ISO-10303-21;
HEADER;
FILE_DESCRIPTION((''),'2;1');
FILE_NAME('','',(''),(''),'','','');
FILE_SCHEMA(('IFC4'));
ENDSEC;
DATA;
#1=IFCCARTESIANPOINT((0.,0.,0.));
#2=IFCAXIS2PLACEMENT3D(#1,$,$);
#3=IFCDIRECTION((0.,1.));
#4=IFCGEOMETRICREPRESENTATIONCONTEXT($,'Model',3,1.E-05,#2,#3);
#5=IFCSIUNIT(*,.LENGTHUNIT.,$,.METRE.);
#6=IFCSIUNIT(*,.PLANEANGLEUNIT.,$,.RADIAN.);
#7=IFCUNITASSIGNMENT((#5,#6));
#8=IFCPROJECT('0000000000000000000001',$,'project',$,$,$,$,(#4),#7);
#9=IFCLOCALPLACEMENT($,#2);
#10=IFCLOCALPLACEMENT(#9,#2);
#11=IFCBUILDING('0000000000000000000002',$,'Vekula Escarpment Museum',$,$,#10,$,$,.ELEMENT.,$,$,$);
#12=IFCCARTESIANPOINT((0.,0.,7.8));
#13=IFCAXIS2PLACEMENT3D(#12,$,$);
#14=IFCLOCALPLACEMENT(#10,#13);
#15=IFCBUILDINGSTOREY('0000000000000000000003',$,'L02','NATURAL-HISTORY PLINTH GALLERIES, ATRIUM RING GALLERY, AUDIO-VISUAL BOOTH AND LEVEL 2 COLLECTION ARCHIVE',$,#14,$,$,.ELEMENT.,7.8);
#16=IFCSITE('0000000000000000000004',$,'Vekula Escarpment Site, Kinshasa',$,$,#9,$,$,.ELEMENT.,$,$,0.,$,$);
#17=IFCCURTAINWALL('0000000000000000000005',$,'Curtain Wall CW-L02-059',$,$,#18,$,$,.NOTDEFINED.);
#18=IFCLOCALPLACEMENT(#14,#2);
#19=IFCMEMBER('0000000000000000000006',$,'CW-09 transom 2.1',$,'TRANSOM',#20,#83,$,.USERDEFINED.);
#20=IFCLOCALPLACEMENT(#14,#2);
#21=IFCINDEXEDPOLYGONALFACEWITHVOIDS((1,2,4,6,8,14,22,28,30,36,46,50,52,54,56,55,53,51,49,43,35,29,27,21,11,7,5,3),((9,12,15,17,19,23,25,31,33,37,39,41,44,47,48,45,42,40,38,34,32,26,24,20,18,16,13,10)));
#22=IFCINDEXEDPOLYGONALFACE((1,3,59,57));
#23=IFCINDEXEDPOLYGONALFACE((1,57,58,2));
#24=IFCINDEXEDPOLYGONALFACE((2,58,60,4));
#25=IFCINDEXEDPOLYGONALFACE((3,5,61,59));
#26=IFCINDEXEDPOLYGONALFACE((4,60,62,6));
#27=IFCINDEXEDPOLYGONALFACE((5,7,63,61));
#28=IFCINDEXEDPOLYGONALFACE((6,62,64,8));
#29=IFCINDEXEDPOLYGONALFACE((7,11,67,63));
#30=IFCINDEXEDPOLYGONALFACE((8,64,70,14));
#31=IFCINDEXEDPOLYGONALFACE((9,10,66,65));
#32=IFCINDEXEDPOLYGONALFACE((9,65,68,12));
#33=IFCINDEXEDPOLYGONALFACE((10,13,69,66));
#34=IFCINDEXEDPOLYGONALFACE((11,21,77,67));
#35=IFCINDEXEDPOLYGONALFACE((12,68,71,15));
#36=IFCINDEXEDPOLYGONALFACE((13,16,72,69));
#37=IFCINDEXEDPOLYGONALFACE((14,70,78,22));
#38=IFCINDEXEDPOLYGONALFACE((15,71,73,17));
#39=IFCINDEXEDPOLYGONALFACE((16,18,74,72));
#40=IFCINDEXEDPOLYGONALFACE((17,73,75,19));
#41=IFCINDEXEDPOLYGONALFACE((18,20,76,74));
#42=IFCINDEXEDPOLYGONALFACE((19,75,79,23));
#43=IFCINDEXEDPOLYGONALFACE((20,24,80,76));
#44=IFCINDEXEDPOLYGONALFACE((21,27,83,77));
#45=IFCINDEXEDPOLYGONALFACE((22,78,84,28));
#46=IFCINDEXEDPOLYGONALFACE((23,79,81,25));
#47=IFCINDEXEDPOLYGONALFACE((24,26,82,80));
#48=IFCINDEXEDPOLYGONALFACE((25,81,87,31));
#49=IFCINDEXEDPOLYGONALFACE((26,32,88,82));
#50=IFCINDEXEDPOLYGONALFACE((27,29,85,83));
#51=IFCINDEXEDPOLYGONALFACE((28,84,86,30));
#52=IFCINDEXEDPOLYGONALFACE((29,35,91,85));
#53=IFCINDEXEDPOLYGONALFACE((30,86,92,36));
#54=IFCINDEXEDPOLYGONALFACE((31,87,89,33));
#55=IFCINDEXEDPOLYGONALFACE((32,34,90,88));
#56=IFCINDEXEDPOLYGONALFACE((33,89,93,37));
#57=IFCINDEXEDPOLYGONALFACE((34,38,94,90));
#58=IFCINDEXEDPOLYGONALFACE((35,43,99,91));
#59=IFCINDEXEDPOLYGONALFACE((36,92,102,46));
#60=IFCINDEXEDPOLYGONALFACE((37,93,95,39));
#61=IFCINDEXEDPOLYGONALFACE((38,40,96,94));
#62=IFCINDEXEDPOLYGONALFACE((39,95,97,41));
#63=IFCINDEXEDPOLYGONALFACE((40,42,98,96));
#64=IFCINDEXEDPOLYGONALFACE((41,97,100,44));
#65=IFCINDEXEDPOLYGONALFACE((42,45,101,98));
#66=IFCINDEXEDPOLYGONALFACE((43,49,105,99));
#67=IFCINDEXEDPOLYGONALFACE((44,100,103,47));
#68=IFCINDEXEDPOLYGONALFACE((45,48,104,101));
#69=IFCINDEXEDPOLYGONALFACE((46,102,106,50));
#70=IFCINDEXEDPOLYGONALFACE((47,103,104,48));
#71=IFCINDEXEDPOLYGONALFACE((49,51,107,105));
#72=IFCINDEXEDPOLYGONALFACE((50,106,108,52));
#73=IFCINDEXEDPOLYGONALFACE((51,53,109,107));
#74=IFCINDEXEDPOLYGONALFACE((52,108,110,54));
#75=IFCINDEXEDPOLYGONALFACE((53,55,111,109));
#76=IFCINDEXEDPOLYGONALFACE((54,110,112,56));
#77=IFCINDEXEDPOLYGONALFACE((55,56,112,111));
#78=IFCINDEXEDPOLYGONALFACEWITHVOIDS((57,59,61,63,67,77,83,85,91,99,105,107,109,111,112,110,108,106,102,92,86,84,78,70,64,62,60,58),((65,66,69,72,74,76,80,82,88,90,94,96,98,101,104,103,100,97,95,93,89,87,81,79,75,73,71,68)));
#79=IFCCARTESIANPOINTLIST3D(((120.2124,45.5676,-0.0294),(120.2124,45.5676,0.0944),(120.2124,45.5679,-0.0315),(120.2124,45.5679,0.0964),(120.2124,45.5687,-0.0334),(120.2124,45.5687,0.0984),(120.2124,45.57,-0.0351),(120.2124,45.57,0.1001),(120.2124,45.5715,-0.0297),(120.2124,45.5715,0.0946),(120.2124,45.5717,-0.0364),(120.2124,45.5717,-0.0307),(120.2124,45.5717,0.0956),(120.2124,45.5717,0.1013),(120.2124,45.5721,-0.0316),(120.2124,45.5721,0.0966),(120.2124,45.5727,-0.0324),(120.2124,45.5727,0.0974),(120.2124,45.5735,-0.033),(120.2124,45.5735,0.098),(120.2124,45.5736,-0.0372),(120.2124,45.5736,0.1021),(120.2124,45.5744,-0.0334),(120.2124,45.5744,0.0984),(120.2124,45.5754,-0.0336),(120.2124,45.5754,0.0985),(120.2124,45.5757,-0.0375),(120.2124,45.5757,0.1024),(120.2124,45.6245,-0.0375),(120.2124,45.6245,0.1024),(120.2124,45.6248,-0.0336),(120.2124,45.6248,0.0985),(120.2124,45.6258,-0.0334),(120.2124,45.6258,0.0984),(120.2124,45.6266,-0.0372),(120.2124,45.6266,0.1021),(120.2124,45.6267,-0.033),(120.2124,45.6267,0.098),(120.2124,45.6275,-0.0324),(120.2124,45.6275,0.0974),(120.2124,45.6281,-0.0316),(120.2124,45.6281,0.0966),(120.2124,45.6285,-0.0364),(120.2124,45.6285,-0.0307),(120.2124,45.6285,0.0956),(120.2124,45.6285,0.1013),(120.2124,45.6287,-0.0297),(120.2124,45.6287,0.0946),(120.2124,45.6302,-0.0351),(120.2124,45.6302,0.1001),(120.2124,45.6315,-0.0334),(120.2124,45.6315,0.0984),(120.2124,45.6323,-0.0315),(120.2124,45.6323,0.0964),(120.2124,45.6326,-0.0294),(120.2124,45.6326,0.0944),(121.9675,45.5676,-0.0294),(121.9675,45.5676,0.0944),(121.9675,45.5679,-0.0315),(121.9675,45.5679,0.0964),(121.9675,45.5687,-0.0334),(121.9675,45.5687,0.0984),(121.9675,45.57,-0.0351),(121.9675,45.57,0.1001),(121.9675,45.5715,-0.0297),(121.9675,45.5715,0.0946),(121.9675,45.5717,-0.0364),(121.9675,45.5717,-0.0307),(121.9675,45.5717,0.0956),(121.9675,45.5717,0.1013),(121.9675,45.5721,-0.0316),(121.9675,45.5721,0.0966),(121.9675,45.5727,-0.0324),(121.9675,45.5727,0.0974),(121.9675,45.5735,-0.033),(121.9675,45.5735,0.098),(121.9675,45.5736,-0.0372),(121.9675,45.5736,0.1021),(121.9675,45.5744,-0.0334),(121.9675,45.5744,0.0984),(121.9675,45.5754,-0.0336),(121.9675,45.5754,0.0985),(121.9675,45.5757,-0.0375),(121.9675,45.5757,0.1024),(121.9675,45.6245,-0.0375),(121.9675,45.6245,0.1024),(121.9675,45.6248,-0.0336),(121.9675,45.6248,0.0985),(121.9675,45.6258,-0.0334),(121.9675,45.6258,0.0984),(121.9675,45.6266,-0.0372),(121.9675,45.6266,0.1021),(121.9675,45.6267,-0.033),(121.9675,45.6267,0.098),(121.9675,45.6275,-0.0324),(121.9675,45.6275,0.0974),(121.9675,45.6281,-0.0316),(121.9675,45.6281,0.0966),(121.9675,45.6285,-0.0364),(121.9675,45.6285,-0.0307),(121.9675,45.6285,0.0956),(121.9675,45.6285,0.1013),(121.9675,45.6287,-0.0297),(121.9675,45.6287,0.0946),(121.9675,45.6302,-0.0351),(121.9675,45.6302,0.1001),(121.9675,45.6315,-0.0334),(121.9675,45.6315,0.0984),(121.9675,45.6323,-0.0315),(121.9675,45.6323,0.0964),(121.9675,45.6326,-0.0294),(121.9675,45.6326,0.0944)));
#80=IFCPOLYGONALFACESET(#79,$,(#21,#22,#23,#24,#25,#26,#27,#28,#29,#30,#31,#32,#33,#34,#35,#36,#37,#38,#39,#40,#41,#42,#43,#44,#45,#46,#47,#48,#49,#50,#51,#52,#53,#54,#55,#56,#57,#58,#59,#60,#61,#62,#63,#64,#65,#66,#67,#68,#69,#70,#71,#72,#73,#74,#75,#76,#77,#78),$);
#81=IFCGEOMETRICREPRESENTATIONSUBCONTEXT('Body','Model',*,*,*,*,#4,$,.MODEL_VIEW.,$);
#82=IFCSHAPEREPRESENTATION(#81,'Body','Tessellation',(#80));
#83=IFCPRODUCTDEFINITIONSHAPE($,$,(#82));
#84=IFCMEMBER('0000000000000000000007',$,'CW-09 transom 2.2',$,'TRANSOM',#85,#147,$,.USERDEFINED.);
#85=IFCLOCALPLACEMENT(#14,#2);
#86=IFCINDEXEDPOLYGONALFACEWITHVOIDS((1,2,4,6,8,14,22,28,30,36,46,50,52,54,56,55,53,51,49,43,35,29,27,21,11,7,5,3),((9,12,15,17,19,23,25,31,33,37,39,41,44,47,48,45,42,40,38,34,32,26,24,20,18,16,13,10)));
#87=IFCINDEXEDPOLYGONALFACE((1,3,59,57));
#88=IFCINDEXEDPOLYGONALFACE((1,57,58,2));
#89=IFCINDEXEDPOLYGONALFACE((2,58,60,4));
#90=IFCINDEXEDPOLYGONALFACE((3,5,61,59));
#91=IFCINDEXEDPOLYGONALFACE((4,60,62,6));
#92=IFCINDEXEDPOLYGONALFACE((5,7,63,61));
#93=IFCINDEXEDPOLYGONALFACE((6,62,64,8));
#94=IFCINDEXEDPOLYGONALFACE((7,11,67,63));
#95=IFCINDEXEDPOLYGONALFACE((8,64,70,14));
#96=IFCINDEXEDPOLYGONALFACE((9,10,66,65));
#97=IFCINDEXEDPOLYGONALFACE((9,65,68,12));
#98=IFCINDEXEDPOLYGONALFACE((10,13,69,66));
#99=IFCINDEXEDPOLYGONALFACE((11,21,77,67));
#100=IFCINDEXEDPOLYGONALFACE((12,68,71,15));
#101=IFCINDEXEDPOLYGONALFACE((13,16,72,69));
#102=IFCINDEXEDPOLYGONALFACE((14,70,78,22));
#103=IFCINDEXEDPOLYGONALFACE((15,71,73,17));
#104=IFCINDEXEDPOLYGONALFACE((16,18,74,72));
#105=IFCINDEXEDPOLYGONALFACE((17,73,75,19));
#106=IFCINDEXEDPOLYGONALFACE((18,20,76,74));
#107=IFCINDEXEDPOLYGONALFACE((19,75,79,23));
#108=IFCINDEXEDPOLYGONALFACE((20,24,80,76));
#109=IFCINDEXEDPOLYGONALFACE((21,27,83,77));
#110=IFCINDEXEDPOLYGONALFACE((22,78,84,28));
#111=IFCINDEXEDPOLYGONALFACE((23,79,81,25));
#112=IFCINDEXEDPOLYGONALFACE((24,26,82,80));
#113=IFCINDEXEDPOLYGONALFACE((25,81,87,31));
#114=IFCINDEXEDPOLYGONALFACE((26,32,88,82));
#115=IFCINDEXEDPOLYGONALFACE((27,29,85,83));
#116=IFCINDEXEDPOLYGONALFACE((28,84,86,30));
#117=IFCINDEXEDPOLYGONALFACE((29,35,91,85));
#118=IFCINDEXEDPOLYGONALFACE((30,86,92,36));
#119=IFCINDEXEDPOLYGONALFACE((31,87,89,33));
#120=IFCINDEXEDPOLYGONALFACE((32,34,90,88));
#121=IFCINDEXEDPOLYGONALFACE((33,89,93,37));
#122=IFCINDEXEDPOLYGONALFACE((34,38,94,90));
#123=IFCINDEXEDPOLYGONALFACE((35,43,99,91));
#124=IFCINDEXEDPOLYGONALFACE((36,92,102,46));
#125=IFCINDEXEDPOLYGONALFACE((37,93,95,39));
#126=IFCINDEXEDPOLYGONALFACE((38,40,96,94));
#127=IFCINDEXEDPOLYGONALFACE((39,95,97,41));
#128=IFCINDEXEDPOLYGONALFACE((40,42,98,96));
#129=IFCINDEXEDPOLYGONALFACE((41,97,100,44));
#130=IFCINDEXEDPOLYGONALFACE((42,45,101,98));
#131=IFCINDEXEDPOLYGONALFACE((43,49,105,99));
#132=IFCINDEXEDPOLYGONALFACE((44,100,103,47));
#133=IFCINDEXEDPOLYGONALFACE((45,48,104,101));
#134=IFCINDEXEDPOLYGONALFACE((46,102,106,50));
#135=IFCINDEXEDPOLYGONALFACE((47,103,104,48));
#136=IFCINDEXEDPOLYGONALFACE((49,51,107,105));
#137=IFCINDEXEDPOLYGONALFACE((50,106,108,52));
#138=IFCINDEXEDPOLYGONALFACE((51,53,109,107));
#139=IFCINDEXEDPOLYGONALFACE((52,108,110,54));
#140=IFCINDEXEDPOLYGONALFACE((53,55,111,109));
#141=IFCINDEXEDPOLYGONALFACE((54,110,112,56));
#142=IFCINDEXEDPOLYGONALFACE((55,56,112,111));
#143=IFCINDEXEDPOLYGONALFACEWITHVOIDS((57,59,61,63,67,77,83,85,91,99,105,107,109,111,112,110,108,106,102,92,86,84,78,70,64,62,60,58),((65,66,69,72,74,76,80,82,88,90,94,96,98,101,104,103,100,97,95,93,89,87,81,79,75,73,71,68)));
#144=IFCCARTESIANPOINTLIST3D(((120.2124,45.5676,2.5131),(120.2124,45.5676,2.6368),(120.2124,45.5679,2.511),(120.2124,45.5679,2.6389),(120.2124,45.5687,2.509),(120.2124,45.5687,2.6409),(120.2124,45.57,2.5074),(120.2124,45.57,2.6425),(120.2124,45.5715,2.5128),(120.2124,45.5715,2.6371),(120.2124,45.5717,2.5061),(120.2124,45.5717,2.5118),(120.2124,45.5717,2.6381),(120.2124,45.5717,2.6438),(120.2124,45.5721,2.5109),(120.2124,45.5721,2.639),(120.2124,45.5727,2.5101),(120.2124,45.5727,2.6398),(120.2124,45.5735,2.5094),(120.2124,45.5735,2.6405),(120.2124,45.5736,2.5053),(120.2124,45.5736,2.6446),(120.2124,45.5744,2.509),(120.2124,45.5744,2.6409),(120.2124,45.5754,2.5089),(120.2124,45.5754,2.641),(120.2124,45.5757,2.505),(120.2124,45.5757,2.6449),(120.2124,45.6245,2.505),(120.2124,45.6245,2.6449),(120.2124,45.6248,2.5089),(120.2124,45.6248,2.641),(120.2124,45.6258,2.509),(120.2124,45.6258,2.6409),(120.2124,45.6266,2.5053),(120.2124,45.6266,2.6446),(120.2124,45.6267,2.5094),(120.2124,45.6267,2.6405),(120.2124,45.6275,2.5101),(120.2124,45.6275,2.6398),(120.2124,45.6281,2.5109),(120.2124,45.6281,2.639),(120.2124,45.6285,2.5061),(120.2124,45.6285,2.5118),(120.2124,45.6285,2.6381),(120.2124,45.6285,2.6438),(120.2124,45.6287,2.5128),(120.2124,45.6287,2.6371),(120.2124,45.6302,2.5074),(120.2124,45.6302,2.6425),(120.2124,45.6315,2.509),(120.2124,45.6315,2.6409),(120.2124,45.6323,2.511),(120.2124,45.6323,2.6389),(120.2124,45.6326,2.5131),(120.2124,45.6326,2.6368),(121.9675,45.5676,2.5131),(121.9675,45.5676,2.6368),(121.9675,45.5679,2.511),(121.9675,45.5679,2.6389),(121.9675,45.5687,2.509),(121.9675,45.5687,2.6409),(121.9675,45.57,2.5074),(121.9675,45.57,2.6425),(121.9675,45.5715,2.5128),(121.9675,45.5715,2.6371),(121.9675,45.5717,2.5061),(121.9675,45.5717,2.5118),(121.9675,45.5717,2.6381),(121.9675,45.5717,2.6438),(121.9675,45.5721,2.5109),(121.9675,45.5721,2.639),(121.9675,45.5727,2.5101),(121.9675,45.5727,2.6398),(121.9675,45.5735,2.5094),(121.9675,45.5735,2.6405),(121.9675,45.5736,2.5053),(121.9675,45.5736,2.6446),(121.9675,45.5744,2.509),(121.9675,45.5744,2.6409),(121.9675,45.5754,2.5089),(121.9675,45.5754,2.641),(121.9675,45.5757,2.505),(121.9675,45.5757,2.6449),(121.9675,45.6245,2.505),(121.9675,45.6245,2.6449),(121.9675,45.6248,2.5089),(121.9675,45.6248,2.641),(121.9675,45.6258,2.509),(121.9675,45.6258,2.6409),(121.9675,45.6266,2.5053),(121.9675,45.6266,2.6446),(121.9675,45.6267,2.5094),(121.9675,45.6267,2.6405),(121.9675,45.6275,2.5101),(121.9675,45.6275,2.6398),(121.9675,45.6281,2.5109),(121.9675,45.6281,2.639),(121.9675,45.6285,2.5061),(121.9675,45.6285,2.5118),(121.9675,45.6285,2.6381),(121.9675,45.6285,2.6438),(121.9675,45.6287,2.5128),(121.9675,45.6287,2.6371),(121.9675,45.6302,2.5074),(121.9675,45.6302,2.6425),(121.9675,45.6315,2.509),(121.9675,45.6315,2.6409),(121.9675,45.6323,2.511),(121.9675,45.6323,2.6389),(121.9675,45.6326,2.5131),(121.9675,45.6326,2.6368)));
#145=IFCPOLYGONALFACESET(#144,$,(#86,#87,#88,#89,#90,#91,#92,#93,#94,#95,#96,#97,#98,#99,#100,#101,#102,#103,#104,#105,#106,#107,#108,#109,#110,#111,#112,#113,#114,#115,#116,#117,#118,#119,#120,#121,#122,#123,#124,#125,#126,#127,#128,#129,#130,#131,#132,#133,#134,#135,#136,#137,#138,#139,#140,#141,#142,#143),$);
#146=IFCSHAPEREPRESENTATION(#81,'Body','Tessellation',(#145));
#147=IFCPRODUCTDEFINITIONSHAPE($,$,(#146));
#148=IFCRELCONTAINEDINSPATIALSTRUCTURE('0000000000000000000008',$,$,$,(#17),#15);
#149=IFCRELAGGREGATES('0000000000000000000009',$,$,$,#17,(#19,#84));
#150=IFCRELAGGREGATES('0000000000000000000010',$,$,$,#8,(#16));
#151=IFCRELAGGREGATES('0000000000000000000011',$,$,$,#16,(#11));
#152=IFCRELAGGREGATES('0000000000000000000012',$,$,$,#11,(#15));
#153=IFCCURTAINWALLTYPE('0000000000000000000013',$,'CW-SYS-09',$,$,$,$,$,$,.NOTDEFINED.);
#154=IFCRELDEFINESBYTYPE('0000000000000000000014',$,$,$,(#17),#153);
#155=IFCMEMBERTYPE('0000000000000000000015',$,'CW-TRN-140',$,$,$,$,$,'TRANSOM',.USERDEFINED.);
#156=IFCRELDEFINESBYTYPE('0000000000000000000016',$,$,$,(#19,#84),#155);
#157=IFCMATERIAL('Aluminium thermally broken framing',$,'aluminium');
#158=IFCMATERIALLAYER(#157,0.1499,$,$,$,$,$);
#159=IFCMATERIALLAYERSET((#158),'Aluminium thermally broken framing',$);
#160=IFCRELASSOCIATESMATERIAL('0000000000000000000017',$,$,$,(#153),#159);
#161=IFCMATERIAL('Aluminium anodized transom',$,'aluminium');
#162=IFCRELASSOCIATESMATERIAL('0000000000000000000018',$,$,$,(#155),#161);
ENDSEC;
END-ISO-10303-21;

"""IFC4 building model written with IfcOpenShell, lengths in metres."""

from ifc_helpers import new_model, si_unit, direction, frame, origin, origin_2d, place, context, subcontext, project, spatial, hollow_rectangle, extrude, material, layer, layer_set, material_profile, profile_set, type_object, element, aggregate, save


model = new_model("IFC4")

# Units and contexts
model_context = context("Model", 3, precision=1e-05, world=origin(), true_north=direction((0.0, 1.0)))
body_context = subcontext(model_context, "Body", "Model", "MODEL_VIEW")
ifc_project = project(units=[si_unit("LENGTHUNIT", "METRE"), si_unit("PLANEANGLEUNIT", "RADIAN")], contexts=[model_context])

# Site, building, storey
site_placement = place(None, origin())
site = spatial("IfcSite", under=ifc_project, at=site_placement, Name="Vekula Escarpment Site, Kinshasa", CompositionType="ELEMENT", RefElevation=0.0)
building_placement = place(site_placement, origin())
building = spatial("IfcBuilding", under=site, at=building_placement, Name="Vekula Escarpment Museum", CompositionType="ELEMENT")
storey_placement = place(building_placement, frame((0.0, 0.0, 7.8)))
storey = spatial("IfcBuildingStorey", under=building, at=storey_placement, Name="L02", Description="NATURAL-HISTORY PLINTH GALLERIES, ATRIUM RING GALLERY, AUDIO-VISUAL BOOTH AND LEVEL 2 COLLECTION ARCHIVE", CompositionType="ELEMENT", Elevation=7.8)

# Curtain wall, members
ifc_material_1 = material(Name="Aluminium thermally broken framing", Category="aluminium")
ifc_layer_1 = layer(ifc_material_1, 0.1499)
ifc_layer_set_1 = layer_set([ifc_layer_1], Name="Aluminium thermally broken framing")
curtain_wall_type = type_object("IfcCurtainWallType", Name="CW-SYS-09", PredefinedType="NOTDEFINED", material=ifc_layer_set_1)
curtain_wall_placement = place(storey_placement, origin())
curtain_wall = element("IfcCurtainWall", 1, at=curtain_wall_placement, inside=storey, type_object=curtain_wall_type, Name="Curtain Wall CW-L02-059", PredefinedType="NOTDEFINED")
ifc_material_2 = material(Name="Aluminium anodized transom", Category="aluminium")
ifc_material_profile_1 = material_profile(ifc_material_2, hollow_rectangle(XDim=0.0649, YDim=0.1399, WallThickness=0.0039, InnerFilletRadius=0.0039, OuterFilletRadius=0.0081, at=origin_2d()), Name="ALU 140x65x4")
ifc_profile_set_1 = profile_set([ifc_material_profile_1], Name="Aluminium anodized transom")
member_type_1 = type_object("IfcMemberType", Name="CW-TRN-140", ElementType="TRANSOM", PredefinedType="USERDEFINED", material=ifc_profile_set_1)
member_1_placement = place(storey_placement, frame((120.2124, 45.6001, 0.0325), z_axis=(1.0, 0.0, 0.0), x_axis=(0.0, 1.0, 0.0)))
member_1 = element("IfcMember", 2, at=member_1_placement, type_object=member_type_1, Name="CW-09 transom 2.1", ObjectType="TRANSOM", PredefinedType="USERDEFINED", context=body_context, shape_type="SweptSolid", body=[
    extrude(hollow_rectangle(XDim=0.0649, YDim=0.1399, WallThickness=0.0039, InnerFilletRadius=0.0039, OuterFilletRadius=0.0081, at=origin_2d()), origin(), (0.0, 0.0, 1.0), 1.7551),
])
member_2_placement = place(storey_placement, frame((120.2124, 45.6001, 2.575), z_axis=(1.0, 0.0, 0.0), x_axis=(0.0, 1.0, 0.0)))
member_2 = element("IfcMember", 3, at=member_2_placement, type_object=member_type_1, Name="CW-09 transom 2.2", ObjectType="TRANSOM", PredefinedType="USERDEFINED", context=body_context, shape_type="SweptSolid", body=[
    extrude(hollow_rectangle(XDim=0.0649, YDim=0.1399, WallThickness=0.0039, InnerFilletRadius=0.0039, OuterFilletRadius=0.0081, at=origin_2d()), origin(), (0.0, 0.0, 1.0), 1.7551),
])
aggregate(curtain_wall, [member_1, member_2])

save(model, "model.ifc")
